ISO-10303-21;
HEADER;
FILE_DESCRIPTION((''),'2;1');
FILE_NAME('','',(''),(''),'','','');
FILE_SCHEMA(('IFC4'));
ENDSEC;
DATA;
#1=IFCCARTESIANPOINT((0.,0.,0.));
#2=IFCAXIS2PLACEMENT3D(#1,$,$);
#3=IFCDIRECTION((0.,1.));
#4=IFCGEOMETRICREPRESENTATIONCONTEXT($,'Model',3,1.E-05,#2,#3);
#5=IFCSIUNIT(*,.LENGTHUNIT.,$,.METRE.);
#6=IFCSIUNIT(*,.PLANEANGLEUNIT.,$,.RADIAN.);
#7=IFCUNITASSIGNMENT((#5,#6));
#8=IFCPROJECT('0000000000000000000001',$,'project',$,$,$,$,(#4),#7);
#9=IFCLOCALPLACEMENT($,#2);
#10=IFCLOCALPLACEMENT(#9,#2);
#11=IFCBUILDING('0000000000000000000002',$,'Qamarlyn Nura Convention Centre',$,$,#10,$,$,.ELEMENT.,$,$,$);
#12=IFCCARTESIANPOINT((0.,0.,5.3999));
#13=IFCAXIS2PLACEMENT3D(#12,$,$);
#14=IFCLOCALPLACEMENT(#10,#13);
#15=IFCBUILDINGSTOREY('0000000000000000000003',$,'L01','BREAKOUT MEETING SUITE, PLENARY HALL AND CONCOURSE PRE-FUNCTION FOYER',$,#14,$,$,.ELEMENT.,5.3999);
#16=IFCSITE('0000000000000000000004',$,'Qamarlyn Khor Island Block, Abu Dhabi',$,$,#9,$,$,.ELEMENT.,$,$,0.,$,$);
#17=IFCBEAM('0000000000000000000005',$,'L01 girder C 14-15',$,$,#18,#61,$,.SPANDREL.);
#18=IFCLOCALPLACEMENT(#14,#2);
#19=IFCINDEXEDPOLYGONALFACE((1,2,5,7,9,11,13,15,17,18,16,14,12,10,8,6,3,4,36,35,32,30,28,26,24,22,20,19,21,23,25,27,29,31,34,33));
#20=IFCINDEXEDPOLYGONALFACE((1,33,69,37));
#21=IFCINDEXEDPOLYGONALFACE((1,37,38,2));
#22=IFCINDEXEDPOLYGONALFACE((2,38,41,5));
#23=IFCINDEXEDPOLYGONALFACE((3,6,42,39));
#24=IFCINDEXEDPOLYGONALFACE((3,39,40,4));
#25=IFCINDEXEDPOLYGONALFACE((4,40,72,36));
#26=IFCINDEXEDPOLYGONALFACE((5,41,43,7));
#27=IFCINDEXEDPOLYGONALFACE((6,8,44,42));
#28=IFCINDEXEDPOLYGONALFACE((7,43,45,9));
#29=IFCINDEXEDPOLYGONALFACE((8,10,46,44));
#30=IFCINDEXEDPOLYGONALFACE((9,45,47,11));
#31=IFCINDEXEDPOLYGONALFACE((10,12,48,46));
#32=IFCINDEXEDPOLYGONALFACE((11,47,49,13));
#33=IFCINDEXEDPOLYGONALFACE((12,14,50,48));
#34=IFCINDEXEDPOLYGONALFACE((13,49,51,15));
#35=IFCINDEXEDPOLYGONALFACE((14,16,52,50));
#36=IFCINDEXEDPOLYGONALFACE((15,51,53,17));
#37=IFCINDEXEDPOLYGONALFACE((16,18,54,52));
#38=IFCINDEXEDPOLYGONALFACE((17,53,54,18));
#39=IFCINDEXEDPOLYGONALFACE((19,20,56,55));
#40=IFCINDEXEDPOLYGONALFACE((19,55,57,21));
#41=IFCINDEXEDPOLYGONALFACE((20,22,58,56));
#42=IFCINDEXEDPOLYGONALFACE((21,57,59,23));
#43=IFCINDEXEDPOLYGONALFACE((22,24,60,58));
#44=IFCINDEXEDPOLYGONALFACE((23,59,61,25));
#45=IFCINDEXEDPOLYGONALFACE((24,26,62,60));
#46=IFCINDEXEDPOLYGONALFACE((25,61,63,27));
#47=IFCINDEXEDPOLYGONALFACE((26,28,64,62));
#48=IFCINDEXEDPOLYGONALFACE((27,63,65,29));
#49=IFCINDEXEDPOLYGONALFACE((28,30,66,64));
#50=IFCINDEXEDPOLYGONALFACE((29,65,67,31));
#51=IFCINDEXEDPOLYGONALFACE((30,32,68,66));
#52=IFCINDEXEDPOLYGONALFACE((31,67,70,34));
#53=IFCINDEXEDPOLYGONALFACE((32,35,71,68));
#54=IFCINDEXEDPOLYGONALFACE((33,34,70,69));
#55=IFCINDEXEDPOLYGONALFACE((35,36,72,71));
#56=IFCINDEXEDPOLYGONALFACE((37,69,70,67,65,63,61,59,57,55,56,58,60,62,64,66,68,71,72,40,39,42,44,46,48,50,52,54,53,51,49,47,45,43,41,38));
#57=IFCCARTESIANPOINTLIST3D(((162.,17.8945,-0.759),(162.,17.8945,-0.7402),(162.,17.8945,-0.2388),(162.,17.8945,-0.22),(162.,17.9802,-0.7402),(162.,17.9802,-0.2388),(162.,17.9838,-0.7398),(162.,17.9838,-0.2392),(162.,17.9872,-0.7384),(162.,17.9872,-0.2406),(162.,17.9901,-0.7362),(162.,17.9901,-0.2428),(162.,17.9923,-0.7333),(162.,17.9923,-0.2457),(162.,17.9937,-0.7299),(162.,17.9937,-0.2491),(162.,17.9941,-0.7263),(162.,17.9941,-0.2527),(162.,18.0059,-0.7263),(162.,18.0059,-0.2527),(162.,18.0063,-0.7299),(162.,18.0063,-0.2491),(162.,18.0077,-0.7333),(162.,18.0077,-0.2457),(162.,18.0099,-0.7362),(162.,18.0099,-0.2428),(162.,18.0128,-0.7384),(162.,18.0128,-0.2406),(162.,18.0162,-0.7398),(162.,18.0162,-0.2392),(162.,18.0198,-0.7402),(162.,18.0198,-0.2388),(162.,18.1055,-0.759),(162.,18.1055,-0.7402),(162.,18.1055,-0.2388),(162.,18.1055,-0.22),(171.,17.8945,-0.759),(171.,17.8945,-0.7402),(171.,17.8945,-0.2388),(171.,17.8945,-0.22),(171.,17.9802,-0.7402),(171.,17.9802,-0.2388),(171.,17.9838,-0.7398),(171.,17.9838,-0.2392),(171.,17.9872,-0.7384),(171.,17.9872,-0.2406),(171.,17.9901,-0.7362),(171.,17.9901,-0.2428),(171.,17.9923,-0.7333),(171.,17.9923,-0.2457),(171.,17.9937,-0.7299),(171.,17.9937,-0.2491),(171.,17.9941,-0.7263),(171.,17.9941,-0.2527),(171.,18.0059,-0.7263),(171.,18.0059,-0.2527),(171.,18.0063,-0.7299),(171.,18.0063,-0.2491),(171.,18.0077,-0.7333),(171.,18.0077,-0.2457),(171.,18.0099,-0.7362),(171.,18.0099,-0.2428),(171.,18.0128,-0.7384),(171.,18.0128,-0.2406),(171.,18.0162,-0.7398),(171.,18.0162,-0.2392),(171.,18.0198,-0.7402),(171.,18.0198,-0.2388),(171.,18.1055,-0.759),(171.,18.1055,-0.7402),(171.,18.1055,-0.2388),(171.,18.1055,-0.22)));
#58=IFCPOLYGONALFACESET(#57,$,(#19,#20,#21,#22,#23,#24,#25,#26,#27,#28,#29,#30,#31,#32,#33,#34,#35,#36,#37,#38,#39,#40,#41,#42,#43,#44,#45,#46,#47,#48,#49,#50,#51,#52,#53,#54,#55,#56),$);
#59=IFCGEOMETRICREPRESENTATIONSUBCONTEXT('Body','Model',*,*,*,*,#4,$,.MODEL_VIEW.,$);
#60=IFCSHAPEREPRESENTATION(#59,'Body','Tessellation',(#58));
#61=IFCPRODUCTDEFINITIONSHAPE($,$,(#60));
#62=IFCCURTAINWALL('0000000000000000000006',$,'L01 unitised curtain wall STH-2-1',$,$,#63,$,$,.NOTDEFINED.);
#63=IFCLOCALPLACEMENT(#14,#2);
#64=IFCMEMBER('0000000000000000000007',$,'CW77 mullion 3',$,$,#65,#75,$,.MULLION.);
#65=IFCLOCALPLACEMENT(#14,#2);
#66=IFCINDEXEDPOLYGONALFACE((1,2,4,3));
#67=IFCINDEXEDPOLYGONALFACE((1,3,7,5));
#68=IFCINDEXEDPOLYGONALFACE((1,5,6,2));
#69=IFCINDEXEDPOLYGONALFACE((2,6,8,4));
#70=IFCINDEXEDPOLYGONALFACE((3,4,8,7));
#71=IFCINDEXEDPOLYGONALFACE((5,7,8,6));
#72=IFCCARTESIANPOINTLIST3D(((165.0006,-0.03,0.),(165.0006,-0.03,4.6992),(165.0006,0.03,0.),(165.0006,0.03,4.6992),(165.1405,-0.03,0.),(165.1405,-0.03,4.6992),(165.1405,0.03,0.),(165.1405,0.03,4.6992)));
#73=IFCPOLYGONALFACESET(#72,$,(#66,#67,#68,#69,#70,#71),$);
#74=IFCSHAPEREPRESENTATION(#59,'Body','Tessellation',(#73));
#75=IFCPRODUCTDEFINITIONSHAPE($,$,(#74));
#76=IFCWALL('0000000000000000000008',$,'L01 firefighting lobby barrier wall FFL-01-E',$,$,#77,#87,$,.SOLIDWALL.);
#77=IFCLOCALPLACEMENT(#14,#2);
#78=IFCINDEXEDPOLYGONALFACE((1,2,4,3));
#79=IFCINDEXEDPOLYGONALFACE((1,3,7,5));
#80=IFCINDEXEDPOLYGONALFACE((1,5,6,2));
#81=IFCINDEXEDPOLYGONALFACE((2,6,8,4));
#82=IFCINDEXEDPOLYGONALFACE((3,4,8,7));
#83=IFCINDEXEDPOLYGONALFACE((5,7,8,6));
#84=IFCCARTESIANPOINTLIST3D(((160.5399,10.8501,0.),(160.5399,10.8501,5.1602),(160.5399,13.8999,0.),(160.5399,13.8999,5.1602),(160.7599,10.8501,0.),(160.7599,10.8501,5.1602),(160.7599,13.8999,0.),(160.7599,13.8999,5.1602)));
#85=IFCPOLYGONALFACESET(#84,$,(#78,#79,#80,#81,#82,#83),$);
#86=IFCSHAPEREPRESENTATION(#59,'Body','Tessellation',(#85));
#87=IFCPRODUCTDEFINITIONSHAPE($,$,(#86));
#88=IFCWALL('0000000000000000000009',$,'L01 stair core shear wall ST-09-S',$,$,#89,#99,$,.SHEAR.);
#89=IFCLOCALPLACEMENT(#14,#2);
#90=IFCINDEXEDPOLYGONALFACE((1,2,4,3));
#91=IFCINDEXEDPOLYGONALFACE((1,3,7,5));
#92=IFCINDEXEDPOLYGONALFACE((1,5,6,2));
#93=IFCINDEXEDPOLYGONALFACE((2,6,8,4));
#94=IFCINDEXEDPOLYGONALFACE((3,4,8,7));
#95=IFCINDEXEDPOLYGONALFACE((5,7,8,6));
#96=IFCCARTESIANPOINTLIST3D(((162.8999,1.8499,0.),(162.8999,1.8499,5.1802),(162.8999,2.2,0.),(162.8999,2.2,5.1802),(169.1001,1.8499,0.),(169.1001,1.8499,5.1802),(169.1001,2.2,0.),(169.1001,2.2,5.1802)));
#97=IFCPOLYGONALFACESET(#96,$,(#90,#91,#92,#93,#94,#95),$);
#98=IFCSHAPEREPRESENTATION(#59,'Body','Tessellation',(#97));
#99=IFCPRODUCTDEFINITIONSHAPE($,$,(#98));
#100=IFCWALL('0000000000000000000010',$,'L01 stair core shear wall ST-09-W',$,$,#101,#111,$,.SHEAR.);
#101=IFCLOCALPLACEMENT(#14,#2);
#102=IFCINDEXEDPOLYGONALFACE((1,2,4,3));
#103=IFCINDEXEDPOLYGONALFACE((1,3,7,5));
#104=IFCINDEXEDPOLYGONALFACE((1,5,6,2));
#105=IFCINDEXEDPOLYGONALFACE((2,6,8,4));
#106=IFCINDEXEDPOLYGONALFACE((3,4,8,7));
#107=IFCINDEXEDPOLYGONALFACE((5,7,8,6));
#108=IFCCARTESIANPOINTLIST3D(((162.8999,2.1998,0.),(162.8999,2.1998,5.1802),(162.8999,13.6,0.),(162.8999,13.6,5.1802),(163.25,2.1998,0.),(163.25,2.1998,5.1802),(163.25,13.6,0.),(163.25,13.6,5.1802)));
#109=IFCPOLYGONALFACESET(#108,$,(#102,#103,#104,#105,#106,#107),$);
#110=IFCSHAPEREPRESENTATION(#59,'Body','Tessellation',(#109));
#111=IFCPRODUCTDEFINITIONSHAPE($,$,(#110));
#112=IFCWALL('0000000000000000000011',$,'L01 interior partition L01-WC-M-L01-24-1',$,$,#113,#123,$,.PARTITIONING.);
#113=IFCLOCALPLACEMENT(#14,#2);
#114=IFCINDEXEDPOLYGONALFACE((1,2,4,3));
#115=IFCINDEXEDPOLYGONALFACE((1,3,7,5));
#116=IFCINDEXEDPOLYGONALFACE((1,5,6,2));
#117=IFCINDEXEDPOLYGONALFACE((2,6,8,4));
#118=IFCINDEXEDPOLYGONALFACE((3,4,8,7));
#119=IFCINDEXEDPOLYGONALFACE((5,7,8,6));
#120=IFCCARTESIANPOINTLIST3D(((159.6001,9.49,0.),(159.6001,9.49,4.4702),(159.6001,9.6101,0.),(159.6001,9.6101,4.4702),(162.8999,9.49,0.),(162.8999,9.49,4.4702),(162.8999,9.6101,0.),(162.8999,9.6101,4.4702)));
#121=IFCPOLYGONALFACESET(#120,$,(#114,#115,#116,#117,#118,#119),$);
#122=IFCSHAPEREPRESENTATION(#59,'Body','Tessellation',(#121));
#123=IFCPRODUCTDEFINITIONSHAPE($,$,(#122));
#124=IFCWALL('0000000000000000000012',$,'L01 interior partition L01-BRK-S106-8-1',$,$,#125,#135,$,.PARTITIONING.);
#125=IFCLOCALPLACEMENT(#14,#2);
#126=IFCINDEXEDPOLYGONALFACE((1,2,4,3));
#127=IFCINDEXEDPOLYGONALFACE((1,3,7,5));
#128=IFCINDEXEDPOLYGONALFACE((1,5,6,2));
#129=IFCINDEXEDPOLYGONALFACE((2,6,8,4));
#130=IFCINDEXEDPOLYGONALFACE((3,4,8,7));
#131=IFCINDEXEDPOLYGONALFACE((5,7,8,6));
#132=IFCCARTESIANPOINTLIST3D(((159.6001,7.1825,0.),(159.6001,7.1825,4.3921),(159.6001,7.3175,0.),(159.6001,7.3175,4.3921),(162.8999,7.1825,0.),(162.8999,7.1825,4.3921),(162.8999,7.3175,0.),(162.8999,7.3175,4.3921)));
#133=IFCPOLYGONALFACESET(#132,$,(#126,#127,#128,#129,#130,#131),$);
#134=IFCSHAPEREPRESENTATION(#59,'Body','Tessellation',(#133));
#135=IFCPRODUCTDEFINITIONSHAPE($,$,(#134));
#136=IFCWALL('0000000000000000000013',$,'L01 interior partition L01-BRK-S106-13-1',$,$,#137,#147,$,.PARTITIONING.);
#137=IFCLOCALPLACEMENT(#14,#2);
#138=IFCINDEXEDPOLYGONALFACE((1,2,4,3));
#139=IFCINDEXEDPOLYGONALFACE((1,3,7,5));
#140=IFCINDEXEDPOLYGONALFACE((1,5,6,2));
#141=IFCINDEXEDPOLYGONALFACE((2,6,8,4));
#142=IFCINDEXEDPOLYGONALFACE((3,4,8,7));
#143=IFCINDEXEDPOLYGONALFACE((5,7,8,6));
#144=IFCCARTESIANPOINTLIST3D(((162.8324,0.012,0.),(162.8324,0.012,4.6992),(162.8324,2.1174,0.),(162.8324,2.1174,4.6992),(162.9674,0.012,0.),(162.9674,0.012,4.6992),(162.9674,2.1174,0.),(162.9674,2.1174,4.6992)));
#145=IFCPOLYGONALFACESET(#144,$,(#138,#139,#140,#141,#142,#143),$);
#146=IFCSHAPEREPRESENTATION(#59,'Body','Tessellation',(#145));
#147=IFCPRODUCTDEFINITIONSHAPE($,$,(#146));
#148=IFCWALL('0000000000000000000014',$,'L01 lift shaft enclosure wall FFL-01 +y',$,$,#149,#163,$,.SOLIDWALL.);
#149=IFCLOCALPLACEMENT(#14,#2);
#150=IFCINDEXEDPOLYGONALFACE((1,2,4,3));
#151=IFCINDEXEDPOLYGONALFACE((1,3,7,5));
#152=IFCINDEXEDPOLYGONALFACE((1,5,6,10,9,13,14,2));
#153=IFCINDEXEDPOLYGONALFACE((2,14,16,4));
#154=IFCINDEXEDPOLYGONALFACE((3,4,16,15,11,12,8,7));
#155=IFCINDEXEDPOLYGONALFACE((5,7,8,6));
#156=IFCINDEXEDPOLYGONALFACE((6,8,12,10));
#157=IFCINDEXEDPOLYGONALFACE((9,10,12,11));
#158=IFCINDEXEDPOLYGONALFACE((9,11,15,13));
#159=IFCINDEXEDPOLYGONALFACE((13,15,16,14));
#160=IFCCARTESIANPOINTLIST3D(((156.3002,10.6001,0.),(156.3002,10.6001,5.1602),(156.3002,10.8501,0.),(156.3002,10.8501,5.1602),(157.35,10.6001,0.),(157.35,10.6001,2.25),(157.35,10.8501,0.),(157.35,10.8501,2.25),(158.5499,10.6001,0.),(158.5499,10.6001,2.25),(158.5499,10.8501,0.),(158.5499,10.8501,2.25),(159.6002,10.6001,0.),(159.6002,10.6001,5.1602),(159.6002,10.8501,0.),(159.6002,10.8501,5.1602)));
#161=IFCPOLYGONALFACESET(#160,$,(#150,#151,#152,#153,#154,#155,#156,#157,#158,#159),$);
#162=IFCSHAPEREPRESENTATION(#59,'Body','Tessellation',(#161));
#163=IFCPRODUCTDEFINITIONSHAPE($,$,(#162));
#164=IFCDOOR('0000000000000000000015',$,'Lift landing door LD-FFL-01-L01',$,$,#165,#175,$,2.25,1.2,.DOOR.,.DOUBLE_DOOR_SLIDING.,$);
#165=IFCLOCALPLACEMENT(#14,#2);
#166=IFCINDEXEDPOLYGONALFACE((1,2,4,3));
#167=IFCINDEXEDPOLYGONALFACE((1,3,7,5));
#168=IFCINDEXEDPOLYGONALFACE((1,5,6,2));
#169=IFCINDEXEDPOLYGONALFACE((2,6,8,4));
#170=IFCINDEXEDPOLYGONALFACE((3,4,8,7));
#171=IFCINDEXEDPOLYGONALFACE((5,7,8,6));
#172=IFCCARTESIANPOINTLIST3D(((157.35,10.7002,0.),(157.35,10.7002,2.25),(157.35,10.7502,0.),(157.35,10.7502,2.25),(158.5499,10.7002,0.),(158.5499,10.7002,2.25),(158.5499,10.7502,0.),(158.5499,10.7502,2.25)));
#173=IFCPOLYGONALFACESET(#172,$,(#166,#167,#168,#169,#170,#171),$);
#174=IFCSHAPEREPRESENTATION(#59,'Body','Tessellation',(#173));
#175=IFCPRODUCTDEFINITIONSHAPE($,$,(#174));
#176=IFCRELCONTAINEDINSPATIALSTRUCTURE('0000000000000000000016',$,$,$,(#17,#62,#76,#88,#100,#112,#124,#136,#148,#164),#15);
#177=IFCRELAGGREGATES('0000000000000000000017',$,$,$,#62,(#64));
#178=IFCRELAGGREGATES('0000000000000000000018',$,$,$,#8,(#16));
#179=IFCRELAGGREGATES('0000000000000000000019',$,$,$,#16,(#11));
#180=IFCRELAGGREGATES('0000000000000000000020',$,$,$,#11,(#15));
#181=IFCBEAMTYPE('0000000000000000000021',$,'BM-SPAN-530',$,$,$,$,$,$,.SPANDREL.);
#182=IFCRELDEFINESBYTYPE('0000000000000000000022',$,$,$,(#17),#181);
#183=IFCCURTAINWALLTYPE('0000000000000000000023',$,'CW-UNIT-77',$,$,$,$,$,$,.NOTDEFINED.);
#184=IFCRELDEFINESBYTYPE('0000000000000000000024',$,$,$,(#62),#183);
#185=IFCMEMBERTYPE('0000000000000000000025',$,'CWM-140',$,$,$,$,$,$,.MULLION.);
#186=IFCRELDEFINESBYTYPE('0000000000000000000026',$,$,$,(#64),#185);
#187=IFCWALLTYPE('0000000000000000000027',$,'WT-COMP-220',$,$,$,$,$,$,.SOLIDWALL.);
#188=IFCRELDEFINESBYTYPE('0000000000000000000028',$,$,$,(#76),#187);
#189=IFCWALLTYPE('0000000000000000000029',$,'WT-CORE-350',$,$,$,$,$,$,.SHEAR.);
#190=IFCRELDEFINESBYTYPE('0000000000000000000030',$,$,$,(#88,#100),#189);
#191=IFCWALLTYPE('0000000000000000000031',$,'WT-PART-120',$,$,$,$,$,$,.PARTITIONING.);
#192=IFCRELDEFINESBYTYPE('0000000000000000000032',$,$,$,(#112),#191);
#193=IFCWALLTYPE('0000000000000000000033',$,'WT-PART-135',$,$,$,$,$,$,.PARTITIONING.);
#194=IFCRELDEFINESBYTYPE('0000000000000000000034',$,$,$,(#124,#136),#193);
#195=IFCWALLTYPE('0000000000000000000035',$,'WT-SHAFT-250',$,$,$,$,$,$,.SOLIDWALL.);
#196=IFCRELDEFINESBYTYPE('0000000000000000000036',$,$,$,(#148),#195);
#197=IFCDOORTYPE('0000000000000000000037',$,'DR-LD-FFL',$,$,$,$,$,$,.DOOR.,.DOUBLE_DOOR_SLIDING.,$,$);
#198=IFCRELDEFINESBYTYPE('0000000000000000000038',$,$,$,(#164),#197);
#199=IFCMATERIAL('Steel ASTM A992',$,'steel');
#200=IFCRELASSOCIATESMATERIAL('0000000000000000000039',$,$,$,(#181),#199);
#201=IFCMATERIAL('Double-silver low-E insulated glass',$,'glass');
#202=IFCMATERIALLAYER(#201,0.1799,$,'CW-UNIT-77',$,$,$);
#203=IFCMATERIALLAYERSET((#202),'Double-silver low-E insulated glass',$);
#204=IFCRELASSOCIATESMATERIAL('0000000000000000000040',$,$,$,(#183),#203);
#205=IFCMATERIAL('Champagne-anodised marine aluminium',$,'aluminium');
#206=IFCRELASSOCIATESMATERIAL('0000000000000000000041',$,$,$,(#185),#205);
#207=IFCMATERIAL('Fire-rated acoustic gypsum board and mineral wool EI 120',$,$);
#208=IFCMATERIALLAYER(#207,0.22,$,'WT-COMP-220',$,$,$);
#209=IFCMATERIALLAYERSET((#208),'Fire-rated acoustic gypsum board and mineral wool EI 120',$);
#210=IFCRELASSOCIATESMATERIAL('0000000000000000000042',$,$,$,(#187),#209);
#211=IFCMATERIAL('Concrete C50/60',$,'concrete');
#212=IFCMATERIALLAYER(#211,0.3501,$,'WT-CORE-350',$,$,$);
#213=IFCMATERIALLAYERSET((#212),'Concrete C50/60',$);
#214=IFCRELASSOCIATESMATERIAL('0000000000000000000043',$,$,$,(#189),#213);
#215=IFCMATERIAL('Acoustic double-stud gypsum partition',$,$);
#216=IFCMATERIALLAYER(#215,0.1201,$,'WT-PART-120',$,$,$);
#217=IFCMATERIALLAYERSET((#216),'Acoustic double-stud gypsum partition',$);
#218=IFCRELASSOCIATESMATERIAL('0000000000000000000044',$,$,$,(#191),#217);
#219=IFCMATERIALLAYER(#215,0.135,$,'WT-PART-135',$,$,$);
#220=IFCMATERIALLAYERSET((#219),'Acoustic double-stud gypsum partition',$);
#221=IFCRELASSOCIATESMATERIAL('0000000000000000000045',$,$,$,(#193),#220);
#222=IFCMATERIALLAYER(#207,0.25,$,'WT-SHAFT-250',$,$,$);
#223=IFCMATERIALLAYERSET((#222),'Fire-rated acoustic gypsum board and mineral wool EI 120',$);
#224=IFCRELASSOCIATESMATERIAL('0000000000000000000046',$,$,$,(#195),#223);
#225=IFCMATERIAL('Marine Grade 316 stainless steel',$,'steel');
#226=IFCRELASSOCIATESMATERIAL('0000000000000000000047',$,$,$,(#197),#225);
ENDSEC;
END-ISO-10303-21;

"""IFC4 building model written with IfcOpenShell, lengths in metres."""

from ifc_helpers import new_model, si_unit, direction, frame, frame_2d, origin, origin_2d, place, context, subcontext, project, spatial, rectangle, i_section, extrude, material, layer, layer_set, material_profile, profile_set, type_object, element, fill, aggregate, save


model = new_model("IFC4")

# Units and contexts
model_context = context("Model", 3, precision=1e-05, world=origin(), true_north=direction((0.0, 1.0)))
body_context = subcontext(model_context, "Body", "Model", "MODEL_VIEW")
ifc_project = project(units=[si_unit("LENGTHUNIT", "METRE"), si_unit("PLANEANGLEUNIT", "RADIAN")], contexts=[model_context])

# Site, building, storey
site_placement = place(None, origin())
site = spatial("IfcSite", under=ifc_project, at=site_placement, Name="Qamarlyn Khor Island Block, Abu Dhabi", CompositionType="ELEMENT", RefElevation=0.0)
building_placement = place(site_placement, origin())
building = spatial("IfcBuilding", under=site, at=building_placement, Name="Qamarlyn Nura Convention Centre", CompositionType="ELEMENT")
storey_placement = place(building_placement, frame((0.0, 0.0, 5.3999)))
storey = spatial("IfcBuildingStorey", under=building, at=storey_placement, Name="L01", Description="BREAKOUT MEETING SUITE, PLENARY HALL AND CONCOURSE PRE-FUNCTION FOYER", CompositionType="ELEMENT", Elevation=5.3999)

# Shared definitions
ifc_material_1 = material(Name="Steel ASTM A992", Category="steel")

# Beam
ifc_material_profile_1 = material_profile(ifc_material_1, i_section(OverallWidth=0.2109, OverallDepth=0.5391, WebThickness=0.0117, FlangeThickness=0.0188, FilletRadius=0.0139, at=origin_2d()), Name="W530X109")
ifc_profile_set_1 = profile_set([ifc_material_profile_1], Name="Steel ASTM A992")
beam_type_1 = type_object("IfcBeamType", Name="BM-SPAN-530", PredefinedType="SPANDREL", material=ifc_profile_set_1)
beam_1_placement = place(storey_placement, frame((162.0, 18.0, -0.4895), z_axis=(1.0, 0.0, 0.0), x_axis=(0.0, 1.0, 0.0)))
element("IfcBeam", 1, at=beam_1_placement, inside=storey, type_object=beam_type_1, Name="L01 girder C 14-15", PredefinedType="SPANDREL", context=body_context, shape_type="SweptSolid", body=[
    extrude(i_section(OverallWidth=0.2109, OverallDepth=0.5391, WebThickness=0.0117, FlangeThickness=0.0188, FilletRadius=0.0139, at=origin_2d()), origin(), (0.0, 0.0, 1.0), 9.0),
])

# Curtain wall, member
ifc_material_2 = material(Name="Double-silver low-E insulated glass", Category="glass")
ifc_layer_1 = layer(ifc_material_2, 0.1799, Name="CW-UNIT-77")
ifc_layer_set_1 = layer_set([ifc_layer_1], Name="Double-silver low-E insulated glass")
curtain_wall_type = type_object("IfcCurtainWallType", Name="CW-UNIT-77", PredefinedType="NOTDEFINED", material=ifc_layer_set_1)
curtain_wall_placement = place(storey_placement, origin())
curtain_wall = element("IfcCurtainWall", 2, at=curtain_wall_placement, inside=storey, type_object=curtain_wall_type, Name="L01 unitised curtain wall STH-2-1", PredefinedType="NOTDEFINED")
ifc_material_3 = material(Name="Champagne-anodised marine aluminium", Category="aluminium")
ifc_material_profile_2 = material_profile(ifc_material_3, rectangle(XDim=0.0601, YDim=0.1399, at=origin_2d()), Name="ALU MULLION 60x140")
ifc_profile_set_2 = profile_set([ifc_material_profile_2], Name="Champagne-anodised marine aluminium")
member_type = type_object("IfcMemberType", Name="CWM-140", PredefinedType="MULLION", material=ifc_profile_set_2)
member_placement = place(storey_placement, frame((165.0706, 0.0, 0.0), z_axis=(0.0, 0.0, 1.0), x_axis=(0.0, -1.0, 0.0)))
member = element("IfcMember", 3, at=member_placement, type_object=member_type, Name="CW77 mullion 3", PredefinedType="MULLION", context=body_context, shape_type="SweptSolid", body=[
    extrude(rectangle(XDim=0.0601, YDim=0.1399, at=origin_2d()), origin(), (0.0, 0.0, 1.0), 4.6992),
])
aggregate(curtain_wall, [member])

# Walls
ifc_material_4 = material(Name="Fire-rated acoustic gypsum board and mineral wool EI 120")
ifc_layer_2 = layer(ifc_material_4, 0.22, Name="WT-COMP-220")
ifc_layer_set_2 = layer_set([ifc_layer_2], Name="Fire-rated acoustic gypsum board and mineral wool EI 120")
wall_type_1 = type_object("IfcWallType", Name="WT-COMP-220", PredefinedType="SOLIDWALL", material=ifc_layer_set_2)
wall_1_placement = place(storey_placement, frame((160.6499, 10.8501, 0.0), z_axis=(0.0, 0.0, 1.0), x_axis=(0.0, 1.0, 0.0)))
element("IfcWall", 4, at=wall_1_placement, inside=storey, type_object=wall_type_1, Name="L01 firefighting lobby barrier wall FFL-01-E", PredefinedType="SOLIDWALL", context=body_context, shape_type="SweptSolid", body=[
    extrude(rectangle(XDim=3.0498, YDim=0.22, at=frame_2d((1.5249, 0.0))), origin(), (0.0, 0.0, 1.0), 5.1602),
])
ifc_material_5 = material(Name="Concrete C50/60", Category="concrete")
ifc_layer_3 = layer(ifc_material_5, 0.3501, Name="WT-CORE-350")
ifc_layer_set_3 = layer_set([ifc_layer_3], Name="Concrete C50/60")
wall_type_2 = type_object("IfcWallType", Name="WT-CORE-350", PredefinedType="SHEAR", material=ifc_layer_set_3)
wall_2_placement = place(storey_placement, frame((162.8999, 2.0249, 0.0), z_axis=(0.0, 0.0, 1.0), x_axis=(1.0, 0.0, 0.0)))
element("IfcWall", 5, at=wall_2_placement, inside=storey, type_object=wall_type_2, Name="L01 stair core shear wall ST-09-S", PredefinedType="SHEAR", context=body_context, shape_type="SweptSolid", body=[
    extrude(rectangle(XDim=6.2002, YDim=0.3501, at=frame_2d((3.1001, 0.0))), origin(), (0.0, 0.0, 1.0), 5.1802),
])
wall_3_placement = place(storey_placement, frame((163.075, 13.6001, 0.0), z_axis=(0.0, 0.0, 1.0), x_axis=(0.0, -1.0, 0.0)))
element("IfcWall", 6, at=wall_3_placement, inside=storey, type_object=wall_type_2, Name="L01 stair core shear wall ST-09-W", PredefinedType="SHEAR", context=body_context, shape_type="SweptSolid", body=[
    extrude(rectangle(XDim=11.4001, YDim=0.3501, at=frame_2d((5.7002, 0.0))), origin(), (0.0, 0.0, 1.0), 5.1802),
])

# Shared definitions
ifc_material_6 = material(Name="Acoustic double-stud gypsum partition")
ifc_layer_4 = layer(ifc_material_6, 0.1201, Name="WT-PART-120")
ifc_layer_set_4 = layer_set([ifc_layer_4], Name="Acoustic double-stud gypsum partition")
wall_type_3 = type_object("IfcWallType", Name="WT-PART-120", PredefinedType="PARTITIONING", material=ifc_layer_set_4)

# Walls
wall_4_placement = place(storey_placement, frame((162.8999, 9.55, 0.0), z_axis=(0.0, 0.0, 1.0), x_axis=(-1.0, 0.0, 0.0)))
element("IfcWall", 7, at=wall_4_placement, inside=storey, type_object=wall_type_3, Name="L01 interior partition L01-WC-M-L01-24-1", PredefinedType="PARTITIONING", context=body_context, shape_type="SweptSolid", body=[
    extrude(rectangle(XDim=3.2998, YDim=0.1201, at=frame_2d((1.6499, 0.0))), origin(), (0.0, 0.0, 1.0), 4.4702),
])
ifc_layer_5 = layer(ifc_material_6, 0.135, Name="WT-PART-135")
ifc_layer_set_5 = layer_set([ifc_layer_5], Name="Acoustic double-stud gypsum partition")
wall_type_4 = type_object("IfcWallType", Name="WT-PART-135", PredefinedType="PARTITIONING", material=ifc_layer_set_5)
wall_5_placement = place(storey_placement, frame((159.6001, 7.25, 0.0), z_axis=(0.0, 0.0, 1.0), x_axis=(1.0, 0.0, 0.0)))
element("IfcWall", 8, at=wall_5_placement, inside=storey, type_object=wall_type_4, Name="L01 interior partition L01-BRK-S106-8-1", PredefinedType="PARTITIONING", context=body_context, shape_type="SweptSolid", body=[
    extrude(rectangle(XDim=3.2998, YDim=0.135, at=frame_2d((1.6499, 0.0))), origin(), (0.0, 0.0, 1.0), 4.3921),
])
wall_6_placement = place(storey_placement, frame((162.8999, 2.1174, 0.0), z_axis=(0.0, 0.0, 1.0), x_axis=(0.0, -1.0, 0.0)))
element("IfcWall", 9, at=wall_6_placement, inside=storey, type_object=wall_type_4, Name="L01 interior partition L01-BRK-S106-13-1", PredefinedType="PARTITIONING", context=body_context, shape_type="SweptSolid", body=[
    extrude(rectangle(XDim=2.1055, YDim=0.135, at=frame_2d((1.0527, 0.0))), origin(), (0.0, 0.0, 1.0), 4.6992),
])

# Wall, opening, door
ifc_layer_6 = layer(ifc_material_4, 0.25, Name="WT-SHAFT-250")
ifc_layer_set_6 = layer_set([ifc_layer_6], Name="Fire-rated acoustic gypsum board and mineral wool EI 120")
wall_type_5 = type_object("IfcWallType", Name="WT-SHAFT-250", PredefinedType="SOLIDWALL", material=ifc_layer_set_6)
wall_7_placement = place(storey_placement, frame((159.6001, 10.7251, 0.0), z_axis=(0.0, 0.0, 1.0), x_axis=(-1.0, 0.0, 0.0)))
wall_7 = element("IfcWall", 10, at=wall_7_placement, inside=storey, type_object=wall_type_5, Name="L01 lift shaft enclosure wall FFL-01 +y", PredefinedType="SOLIDWALL", context=body_context, shape_type="SweptSolid", body=[
    extrude(rectangle(XDim=3.3, YDim=0.25, at=frame_2d((1.6499, 0.0))), origin(), (0.0, 0.0, 1.0), 5.1602),
])
opening_1_placement = place(wall_7_placement, frame((1.05, 0.0, 0.0)))
opening_1 = element("IfcOpeningElement", 11, at=opening_1_placement, cuts=wall_7, PredefinedType="OPENING", context=body_context, shape_type="SweptSolid", body=[
    extrude(rectangle(XDim=1.2, YDim=2.25, at=frame_2d((0.6001, 1.125))), frame((0.0, 0.135, 0.0), z_axis=(0.0, -1.0, 0.0), x_axis=(1.0, 0.0, 0.0)), (0.0, 0.0, 1.0), 0.27),
])
ifc_material_7 = material(Name="Marine Grade 316 stainless steel", Category="steel")
door_type_1 = type_object("IfcDoorType", Name="DR-LD-FFL", OperationType="DOUBLE_DOOR_SLIDING", PredefinedType="DOOR", material=ifc_material_7)
door_1_placement = place(opening_1_placement, origin())
door_1 = element("IfcDoor", 12, at=door_1_placement, inside=storey, type_object=door_type_1, Name="Lift landing door LD-FFL-01-L01", OperationType="DOUBLE_DOOR_SLIDING", OverallHeight=2.25, OverallWidth=1.2, PredefinedType="DOOR", context=body_context, shape_type="SweptSolid", body=[
    extrude(rectangle(XDim=1.2, YDim=2.25, at=frame_2d((0.6001, 1.125))), frame((0.0, 0.0249, 0.0), z_axis=(0.0, -1.0, 0.0), x_axis=(1.0, 0.0, 0.0)), (0.0, 0.0, 1.0), 0.05),
])
fill(opening_1, door_1)

save(model, "model.ifc")
